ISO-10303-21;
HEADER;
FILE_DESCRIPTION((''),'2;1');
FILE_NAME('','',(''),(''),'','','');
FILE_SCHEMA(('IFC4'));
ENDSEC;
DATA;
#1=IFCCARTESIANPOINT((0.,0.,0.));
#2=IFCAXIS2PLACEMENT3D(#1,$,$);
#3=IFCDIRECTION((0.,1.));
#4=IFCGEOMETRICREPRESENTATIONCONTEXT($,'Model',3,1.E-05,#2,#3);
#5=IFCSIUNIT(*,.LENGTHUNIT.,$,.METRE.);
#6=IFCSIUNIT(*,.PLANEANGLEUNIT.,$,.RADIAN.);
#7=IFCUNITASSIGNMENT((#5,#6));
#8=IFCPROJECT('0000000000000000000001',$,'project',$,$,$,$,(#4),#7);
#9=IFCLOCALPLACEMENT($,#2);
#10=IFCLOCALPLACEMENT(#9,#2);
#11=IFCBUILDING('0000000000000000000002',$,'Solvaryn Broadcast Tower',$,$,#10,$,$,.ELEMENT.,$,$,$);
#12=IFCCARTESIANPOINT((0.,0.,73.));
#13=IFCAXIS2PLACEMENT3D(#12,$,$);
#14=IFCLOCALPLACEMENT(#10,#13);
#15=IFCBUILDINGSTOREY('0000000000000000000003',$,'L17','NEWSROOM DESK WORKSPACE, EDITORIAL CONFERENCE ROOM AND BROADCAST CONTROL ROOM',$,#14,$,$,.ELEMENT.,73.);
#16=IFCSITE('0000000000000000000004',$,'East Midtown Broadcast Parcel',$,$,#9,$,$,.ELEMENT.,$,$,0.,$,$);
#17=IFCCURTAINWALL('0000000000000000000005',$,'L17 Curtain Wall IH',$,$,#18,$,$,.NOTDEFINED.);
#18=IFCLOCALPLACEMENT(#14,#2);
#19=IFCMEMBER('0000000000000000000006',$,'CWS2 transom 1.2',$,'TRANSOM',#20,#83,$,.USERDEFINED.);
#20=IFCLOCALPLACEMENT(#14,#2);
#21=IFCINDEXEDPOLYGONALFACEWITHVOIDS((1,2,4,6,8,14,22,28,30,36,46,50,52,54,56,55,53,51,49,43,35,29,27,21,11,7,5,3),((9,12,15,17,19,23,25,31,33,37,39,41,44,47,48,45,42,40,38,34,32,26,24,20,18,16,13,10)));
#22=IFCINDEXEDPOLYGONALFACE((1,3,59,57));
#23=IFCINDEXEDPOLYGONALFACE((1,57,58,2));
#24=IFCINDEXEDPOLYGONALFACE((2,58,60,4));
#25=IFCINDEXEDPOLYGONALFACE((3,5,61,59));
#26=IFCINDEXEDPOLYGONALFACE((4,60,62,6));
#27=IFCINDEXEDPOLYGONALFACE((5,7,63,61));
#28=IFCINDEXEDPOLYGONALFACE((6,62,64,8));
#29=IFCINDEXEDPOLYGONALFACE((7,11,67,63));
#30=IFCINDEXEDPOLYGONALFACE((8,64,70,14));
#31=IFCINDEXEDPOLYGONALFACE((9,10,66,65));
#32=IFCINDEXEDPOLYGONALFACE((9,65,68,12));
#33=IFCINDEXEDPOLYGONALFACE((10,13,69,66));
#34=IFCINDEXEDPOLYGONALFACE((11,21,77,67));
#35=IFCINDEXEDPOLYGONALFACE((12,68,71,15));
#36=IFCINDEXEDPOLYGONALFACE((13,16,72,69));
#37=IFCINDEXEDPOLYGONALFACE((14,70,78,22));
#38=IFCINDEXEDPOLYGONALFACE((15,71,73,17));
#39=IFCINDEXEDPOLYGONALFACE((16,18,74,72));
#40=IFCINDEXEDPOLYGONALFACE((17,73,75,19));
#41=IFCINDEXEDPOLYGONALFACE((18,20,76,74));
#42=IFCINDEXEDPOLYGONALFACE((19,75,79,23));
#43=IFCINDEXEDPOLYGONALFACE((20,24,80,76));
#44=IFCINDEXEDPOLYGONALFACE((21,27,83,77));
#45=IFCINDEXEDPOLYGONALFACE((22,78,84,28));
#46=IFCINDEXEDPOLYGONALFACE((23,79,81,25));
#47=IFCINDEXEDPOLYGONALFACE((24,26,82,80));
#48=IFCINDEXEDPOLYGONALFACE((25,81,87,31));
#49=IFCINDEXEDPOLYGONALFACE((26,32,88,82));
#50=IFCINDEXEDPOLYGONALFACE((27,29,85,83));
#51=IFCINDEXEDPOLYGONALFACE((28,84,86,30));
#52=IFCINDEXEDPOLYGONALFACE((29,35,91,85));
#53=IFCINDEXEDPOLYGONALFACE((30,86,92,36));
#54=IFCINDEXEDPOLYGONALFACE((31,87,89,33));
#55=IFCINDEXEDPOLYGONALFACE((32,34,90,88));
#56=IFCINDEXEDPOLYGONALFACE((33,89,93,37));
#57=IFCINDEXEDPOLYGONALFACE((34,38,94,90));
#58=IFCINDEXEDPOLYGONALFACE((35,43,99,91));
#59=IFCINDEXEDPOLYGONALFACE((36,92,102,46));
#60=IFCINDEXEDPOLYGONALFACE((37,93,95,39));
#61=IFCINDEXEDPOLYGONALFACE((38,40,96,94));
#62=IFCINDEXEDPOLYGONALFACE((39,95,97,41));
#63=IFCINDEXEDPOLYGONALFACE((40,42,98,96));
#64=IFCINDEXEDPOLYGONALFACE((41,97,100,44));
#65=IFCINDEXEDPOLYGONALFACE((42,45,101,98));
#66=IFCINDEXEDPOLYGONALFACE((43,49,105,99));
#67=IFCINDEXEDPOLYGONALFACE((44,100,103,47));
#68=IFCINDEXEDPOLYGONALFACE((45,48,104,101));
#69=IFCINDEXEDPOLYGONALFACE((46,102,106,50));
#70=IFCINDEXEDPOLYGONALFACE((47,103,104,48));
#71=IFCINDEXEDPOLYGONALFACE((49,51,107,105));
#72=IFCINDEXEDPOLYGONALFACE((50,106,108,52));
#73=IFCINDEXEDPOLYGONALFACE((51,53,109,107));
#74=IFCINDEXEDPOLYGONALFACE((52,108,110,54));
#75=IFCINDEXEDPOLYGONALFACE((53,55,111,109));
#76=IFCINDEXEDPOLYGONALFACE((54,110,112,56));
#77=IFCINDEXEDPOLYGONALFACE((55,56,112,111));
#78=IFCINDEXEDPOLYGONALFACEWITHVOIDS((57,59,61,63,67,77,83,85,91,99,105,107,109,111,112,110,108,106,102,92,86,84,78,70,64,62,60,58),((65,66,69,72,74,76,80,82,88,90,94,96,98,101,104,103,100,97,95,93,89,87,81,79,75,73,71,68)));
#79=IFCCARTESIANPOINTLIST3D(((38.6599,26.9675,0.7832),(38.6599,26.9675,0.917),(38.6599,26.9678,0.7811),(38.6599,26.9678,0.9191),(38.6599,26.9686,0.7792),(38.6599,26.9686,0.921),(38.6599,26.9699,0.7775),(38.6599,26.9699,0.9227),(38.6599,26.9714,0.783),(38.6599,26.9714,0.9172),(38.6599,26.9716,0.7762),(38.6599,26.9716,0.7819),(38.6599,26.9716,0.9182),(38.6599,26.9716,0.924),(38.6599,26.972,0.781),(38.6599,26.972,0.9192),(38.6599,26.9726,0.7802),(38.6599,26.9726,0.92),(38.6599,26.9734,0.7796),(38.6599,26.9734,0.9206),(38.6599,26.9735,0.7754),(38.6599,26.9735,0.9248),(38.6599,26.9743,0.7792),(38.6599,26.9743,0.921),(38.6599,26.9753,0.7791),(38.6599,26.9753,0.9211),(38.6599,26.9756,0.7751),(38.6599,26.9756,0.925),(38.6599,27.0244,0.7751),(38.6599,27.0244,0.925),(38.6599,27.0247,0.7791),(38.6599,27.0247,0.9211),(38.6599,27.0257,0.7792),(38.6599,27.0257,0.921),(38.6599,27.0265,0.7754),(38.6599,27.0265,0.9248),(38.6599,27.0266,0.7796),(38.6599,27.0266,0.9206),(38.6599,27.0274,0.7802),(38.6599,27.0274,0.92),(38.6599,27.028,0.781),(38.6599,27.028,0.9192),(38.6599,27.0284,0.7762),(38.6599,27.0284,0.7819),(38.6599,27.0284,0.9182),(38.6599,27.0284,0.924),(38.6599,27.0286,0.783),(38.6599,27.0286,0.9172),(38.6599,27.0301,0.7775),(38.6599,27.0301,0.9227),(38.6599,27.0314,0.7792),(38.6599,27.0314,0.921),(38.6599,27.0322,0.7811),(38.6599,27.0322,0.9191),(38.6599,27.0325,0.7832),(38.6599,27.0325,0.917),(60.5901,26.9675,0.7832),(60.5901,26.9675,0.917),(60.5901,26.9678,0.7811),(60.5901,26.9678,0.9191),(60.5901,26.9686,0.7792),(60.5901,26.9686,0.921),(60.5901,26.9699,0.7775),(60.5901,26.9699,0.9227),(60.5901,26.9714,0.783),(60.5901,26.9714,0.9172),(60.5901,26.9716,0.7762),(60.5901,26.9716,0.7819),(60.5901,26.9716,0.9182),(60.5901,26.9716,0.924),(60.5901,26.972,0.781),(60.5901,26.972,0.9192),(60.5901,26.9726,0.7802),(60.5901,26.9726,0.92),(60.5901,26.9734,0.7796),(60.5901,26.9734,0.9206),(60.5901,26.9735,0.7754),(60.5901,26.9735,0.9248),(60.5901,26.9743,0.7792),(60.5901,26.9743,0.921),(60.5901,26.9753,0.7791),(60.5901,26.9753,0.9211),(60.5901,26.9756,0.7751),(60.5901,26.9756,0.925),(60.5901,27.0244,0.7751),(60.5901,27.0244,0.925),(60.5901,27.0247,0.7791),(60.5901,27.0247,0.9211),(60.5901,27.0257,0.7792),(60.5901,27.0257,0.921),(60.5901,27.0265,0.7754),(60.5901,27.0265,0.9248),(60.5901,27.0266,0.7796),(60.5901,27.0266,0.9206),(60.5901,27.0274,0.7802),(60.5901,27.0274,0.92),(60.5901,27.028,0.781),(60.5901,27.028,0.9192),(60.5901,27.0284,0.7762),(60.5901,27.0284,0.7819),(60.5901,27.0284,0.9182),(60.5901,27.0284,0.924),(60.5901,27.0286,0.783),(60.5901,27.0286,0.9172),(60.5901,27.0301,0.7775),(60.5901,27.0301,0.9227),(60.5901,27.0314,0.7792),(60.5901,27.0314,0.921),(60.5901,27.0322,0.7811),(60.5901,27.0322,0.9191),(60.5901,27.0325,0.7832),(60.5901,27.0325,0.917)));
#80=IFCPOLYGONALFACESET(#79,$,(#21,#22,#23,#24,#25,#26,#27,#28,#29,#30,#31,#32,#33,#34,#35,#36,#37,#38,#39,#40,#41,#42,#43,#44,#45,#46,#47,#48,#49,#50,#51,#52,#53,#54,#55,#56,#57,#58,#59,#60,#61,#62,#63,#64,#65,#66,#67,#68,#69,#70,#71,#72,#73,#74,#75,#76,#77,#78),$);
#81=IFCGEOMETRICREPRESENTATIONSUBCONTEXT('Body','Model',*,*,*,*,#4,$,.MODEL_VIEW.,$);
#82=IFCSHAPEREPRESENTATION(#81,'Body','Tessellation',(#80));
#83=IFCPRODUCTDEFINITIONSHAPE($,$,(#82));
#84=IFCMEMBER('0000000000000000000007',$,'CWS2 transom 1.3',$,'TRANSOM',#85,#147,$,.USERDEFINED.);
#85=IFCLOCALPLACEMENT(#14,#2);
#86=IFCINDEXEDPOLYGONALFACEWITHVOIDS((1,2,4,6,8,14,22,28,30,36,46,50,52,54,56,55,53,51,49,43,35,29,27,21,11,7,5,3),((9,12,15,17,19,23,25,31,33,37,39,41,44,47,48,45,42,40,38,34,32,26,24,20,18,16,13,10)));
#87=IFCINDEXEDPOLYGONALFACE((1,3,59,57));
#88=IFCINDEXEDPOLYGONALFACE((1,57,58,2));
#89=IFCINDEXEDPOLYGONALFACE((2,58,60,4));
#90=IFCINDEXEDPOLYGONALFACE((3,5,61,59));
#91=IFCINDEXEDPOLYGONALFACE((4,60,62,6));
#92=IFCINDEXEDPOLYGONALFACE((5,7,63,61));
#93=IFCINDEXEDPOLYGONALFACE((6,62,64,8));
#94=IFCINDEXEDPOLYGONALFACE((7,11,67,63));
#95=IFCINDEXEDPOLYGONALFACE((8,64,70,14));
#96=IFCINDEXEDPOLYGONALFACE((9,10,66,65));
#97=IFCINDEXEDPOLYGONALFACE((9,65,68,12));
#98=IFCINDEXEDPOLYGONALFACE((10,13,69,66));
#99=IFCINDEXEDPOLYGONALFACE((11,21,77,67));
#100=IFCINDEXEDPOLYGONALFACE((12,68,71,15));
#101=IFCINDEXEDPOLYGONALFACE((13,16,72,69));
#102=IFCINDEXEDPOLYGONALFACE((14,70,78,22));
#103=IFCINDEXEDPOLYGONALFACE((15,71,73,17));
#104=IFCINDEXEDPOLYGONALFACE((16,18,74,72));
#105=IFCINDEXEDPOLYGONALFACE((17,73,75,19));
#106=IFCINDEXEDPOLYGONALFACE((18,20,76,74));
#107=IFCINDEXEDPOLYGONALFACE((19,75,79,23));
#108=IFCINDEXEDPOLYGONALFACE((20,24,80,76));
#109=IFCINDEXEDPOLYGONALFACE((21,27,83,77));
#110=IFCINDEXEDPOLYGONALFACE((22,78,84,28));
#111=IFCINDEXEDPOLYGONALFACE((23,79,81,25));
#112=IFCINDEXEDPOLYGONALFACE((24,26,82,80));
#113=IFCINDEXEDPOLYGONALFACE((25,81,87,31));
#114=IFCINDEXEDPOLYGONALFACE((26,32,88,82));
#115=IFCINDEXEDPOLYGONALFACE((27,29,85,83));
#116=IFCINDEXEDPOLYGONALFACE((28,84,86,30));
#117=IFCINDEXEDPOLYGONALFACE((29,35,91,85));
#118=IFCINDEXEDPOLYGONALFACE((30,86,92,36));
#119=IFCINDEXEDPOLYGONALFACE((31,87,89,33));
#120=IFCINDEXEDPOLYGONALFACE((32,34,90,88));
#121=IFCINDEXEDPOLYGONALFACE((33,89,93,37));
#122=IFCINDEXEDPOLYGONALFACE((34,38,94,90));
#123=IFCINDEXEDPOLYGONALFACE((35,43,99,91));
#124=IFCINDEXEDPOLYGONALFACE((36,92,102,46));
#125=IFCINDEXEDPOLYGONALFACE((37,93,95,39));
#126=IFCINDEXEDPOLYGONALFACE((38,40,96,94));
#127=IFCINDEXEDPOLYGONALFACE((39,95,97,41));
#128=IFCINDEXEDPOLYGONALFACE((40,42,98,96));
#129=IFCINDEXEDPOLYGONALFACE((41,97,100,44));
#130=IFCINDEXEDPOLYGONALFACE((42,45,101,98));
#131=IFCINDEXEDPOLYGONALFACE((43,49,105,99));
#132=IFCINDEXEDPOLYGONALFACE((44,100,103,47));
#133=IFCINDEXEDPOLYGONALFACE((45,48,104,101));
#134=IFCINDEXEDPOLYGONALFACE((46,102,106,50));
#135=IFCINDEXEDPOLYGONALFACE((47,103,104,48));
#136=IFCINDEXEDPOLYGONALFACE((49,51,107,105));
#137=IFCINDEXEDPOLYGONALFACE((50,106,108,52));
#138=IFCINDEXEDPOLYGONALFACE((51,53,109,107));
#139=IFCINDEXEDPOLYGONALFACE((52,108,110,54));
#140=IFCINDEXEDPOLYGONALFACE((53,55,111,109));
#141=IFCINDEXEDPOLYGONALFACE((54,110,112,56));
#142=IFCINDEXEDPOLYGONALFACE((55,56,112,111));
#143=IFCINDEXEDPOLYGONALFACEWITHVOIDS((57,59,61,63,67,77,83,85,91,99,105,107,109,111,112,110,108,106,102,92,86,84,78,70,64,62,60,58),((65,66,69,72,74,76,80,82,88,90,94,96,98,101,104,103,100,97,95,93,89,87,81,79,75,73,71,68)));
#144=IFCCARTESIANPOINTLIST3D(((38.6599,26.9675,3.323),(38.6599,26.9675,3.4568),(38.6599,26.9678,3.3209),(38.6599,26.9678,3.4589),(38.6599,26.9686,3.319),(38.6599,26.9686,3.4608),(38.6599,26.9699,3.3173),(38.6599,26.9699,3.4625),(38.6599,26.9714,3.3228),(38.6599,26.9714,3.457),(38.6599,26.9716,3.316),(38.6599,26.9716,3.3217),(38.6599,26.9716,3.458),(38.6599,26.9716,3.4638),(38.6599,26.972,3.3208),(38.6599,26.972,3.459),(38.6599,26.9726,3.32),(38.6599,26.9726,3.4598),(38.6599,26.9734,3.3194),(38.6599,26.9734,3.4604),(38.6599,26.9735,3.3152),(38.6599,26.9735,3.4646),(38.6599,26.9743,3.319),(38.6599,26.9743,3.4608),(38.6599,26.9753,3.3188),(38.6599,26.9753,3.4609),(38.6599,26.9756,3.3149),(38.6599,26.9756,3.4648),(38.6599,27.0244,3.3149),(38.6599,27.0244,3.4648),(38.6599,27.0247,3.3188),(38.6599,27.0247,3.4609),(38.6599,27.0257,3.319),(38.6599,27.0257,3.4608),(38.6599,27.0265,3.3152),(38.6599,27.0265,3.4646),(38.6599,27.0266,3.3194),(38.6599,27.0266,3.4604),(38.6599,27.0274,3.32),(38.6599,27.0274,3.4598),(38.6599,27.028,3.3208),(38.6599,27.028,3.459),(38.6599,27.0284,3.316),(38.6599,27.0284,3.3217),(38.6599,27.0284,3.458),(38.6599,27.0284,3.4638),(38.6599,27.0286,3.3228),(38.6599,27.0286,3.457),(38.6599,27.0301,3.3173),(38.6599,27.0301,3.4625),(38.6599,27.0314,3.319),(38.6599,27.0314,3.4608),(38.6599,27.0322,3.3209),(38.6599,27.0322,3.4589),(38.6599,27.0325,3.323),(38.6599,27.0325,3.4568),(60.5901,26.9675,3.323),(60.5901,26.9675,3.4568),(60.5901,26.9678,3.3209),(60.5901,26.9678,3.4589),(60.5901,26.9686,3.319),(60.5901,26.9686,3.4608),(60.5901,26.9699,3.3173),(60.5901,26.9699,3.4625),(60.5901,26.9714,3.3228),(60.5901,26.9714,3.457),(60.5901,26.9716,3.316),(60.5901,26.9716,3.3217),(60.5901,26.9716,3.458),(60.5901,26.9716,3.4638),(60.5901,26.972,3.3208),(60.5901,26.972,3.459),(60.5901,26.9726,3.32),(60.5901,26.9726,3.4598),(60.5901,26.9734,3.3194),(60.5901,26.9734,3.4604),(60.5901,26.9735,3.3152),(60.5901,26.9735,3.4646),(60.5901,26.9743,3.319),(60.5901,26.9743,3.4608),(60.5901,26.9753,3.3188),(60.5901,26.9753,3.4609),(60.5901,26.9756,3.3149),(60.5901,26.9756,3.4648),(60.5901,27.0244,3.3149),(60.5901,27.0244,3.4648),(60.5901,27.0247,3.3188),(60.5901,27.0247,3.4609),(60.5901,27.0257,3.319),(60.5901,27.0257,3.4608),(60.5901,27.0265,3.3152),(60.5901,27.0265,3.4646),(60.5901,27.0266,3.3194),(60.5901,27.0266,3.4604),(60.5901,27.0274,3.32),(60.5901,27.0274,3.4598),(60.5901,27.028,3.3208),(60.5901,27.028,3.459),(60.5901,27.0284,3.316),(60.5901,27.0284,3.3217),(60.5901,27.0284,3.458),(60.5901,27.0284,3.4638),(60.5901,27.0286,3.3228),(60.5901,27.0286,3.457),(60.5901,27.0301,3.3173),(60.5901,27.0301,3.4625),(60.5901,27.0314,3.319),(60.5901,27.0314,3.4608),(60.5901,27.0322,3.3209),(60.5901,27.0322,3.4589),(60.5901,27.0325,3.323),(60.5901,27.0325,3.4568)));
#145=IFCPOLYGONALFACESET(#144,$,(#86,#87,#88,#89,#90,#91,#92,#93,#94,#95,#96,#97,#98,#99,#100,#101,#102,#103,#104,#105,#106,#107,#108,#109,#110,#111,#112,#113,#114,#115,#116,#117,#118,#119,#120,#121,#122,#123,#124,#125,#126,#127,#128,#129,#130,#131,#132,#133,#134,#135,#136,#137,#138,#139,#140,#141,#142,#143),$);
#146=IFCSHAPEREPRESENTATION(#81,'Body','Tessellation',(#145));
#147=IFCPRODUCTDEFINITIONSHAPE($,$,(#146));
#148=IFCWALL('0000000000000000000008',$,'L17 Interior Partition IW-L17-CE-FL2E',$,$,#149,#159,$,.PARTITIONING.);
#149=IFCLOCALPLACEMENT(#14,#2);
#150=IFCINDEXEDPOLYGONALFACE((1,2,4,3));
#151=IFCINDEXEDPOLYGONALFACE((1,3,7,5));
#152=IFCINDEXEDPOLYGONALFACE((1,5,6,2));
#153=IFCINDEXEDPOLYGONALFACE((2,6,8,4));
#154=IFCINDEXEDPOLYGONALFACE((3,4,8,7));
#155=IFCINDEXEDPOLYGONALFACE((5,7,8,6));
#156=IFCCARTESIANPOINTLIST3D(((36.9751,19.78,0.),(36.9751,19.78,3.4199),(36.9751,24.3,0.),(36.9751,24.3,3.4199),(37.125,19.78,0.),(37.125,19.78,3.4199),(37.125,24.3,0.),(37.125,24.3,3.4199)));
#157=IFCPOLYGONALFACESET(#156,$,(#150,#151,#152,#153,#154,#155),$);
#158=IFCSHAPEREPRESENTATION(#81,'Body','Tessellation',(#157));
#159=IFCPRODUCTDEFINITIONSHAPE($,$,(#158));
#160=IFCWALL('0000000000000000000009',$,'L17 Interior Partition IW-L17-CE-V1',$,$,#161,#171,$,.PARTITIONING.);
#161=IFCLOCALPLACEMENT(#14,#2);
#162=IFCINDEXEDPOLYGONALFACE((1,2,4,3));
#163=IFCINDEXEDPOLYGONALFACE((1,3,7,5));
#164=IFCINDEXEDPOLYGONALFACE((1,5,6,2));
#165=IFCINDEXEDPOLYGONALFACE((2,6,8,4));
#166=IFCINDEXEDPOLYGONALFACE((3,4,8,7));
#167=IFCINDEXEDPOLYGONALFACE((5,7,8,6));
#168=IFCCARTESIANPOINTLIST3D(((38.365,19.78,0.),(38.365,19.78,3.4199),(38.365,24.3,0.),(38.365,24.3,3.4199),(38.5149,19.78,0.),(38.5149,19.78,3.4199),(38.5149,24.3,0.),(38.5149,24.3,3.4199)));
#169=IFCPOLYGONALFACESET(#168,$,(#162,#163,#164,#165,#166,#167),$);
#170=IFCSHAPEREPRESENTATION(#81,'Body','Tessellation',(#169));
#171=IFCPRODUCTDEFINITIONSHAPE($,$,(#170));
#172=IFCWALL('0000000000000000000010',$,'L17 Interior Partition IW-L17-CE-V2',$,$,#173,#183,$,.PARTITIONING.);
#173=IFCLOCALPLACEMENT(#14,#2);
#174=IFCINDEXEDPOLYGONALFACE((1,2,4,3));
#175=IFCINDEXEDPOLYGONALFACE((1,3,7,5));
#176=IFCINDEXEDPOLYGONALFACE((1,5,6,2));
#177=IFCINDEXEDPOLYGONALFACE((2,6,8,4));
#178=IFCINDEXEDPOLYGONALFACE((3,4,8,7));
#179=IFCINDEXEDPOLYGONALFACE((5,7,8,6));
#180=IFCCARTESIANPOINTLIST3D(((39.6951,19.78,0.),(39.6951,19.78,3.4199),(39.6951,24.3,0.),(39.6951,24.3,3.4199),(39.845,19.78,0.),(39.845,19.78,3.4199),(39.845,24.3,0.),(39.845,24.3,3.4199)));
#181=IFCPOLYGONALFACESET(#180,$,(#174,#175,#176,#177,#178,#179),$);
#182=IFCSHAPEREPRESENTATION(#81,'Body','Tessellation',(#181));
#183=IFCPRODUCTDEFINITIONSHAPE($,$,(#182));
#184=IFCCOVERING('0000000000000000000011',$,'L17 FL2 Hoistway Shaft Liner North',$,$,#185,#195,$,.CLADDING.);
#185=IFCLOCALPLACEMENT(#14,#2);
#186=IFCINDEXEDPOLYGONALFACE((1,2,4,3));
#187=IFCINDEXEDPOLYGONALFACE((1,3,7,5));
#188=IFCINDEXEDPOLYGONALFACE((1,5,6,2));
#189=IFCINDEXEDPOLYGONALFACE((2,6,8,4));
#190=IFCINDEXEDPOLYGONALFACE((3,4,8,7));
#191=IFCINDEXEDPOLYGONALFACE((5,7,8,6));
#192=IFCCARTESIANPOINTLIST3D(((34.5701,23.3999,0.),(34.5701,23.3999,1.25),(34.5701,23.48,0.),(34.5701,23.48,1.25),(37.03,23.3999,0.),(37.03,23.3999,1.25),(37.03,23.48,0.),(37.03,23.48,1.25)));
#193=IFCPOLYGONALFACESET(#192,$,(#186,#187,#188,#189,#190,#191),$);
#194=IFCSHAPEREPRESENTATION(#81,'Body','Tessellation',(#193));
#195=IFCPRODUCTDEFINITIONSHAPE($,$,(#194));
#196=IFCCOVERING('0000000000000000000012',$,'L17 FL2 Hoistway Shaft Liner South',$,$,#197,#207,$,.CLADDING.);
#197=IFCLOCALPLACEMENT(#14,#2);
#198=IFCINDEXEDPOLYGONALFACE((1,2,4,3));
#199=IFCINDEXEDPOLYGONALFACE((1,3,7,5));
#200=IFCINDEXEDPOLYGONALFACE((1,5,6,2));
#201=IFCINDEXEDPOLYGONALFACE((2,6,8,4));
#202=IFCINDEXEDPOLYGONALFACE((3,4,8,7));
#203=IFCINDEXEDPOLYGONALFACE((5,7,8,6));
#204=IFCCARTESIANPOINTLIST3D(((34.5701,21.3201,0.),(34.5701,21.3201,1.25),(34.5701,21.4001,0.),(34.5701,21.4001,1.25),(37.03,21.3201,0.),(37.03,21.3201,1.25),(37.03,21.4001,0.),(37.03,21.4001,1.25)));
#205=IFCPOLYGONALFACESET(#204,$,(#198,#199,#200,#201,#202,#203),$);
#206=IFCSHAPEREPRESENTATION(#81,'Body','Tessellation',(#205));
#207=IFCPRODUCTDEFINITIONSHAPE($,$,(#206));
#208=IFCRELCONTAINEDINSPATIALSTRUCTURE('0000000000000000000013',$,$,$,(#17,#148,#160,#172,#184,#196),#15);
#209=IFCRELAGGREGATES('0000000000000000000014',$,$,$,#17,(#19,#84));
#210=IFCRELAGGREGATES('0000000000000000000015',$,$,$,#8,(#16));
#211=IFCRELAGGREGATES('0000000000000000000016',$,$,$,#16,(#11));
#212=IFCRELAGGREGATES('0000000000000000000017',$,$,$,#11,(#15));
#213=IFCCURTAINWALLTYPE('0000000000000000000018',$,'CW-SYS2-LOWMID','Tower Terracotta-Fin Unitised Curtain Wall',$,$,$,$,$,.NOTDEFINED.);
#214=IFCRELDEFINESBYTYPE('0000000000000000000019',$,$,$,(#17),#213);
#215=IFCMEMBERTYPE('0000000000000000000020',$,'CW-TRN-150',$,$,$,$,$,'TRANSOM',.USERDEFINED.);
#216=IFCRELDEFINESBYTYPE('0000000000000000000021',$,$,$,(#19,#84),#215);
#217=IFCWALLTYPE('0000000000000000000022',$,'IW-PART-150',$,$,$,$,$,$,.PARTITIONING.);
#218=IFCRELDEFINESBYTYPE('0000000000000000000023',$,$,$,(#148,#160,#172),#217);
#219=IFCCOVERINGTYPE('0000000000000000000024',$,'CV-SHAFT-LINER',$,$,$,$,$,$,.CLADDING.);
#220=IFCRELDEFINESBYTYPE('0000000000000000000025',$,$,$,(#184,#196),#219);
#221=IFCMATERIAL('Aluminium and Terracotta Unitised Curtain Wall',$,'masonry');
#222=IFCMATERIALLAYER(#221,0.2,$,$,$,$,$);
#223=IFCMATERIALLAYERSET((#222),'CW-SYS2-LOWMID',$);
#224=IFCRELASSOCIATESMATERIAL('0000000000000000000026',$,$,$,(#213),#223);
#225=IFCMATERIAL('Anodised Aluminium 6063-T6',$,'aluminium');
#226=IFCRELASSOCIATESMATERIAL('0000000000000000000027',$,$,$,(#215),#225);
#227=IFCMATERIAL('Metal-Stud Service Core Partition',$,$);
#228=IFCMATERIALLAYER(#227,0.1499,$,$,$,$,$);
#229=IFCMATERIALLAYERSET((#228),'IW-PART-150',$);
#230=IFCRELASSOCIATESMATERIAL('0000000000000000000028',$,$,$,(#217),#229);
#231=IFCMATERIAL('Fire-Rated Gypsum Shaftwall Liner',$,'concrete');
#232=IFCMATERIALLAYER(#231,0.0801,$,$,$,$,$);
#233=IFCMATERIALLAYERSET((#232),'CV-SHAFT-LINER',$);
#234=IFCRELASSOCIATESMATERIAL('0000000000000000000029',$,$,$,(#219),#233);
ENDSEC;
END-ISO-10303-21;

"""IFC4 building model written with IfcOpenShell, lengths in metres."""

from ifc_helpers import new_model, si_unit, direction, frame, frame_2d, origin, origin_2d, place, context, subcontext, project, spatial, rectangle, hollow_rectangle, extrude, material, layer, layer_set, material_profile, profile_set, type_object, element, aggregate, save


model = new_model("IFC4")

# Units and contexts
model_context = context("Model", 3, precision=1e-05, world=origin(), true_north=direction((0.0, 1.0)))
body_context = subcontext(model_context, "Body", "Model", "MODEL_VIEW")
ifc_project = project(units=[si_unit("LENGTHUNIT", "METRE"), si_unit("PLANEANGLEUNIT", "RADIAN")], contexts=[model_context])

# Site, building, storey
site_placement = place(None, origin())
site = spatial("IfcSite", under=ifc_project, at=site_placement, Name="East Midtown Broadcast Parcel", CompositionType="ELEMENT", RefElevation=0.0)
building_placement = place(site_placement, origin())
building = spatial("IfcBuilding", under=site, at=building_placement, Name="Solvaryn Broadcast Tower", CompositionType="ELEMENT")
storey_placement = place(building_placement, frame((0.0, 0.0, 73.0)))
storey = spatial("IfcBuildingStorey", under=building, at=storey_placement, Name="L17", Description="NEWSROOM DESK WORKSPACE, EDITORIAL CONFERENCE ROOM AND BROADCAST CONTROL ROOM", CompositionType="ELEMENT", Elevation=73.0)

# Curtain wall
ifc_material_1 = material(Name="Aluminium and Terracotta Unitised Curtain Wall", Category="masonry")
ifc_layer_1 = layer(ifc_material_1, 0.2)
ifc_layer_set_1 = layer_set([ifc_layer_1], Name="CW-SYS2-LOWMID")
curtain_wall_type = type_object("IfcCurtainWallType", Name="CW-SYS2-LOWMID", Description="Tower Terracotta-Fin Unitised Curtain Wall", PredefinedType="NOTDEFINED", material=ifc_layer_set_1)
curtain_wall_1_placement = place(storey_placement, origin())
curtain_wall_1 = element("IfcCurtainWall", 1, at=curtain_wall_1_placement, inside=storey, type_object=curtain_wall_type, Name="L17 Curtain Wall IH", PredefinedType="NOTDEFINED")

# Members
ifc_material_2 = material(Name="Anodised Aluminium 6063-T6", Category="aluminium")
ifc_material_profile_1 = material_profile(ifc_material_2, hollow_rectangle(XDim=0.0649, YDim=0.1499, WallThickness=0.0039, InnerFilletRadius=0.0039, OuterFilletRadius=0.0081, at=origin_2d()))
ifc_profile_set_1 = profile_set([ifc_material_profile_1], Name="Anodised Aluminium 6063-T6")
member_type_1 = type_object("IfcMemberType", Name="CW-TRN-150", ElementType="TRANSOM", PredefinedType="USERDEFINED", material=ifc_profile_set_1)
member_1_placement = place(storey_placement, frame((38.6599, 27.0, 0.8501), z_axis=(1.0, 0.0, 0.0), x_axis=(0.0, 1.0, 0.0)))
member_1 = element("IfcMember", 2, at=member_1_placement, type_object=member_type_1, Name="CWS2 transom 1.2", ObjectType="TRANSOM", PredefinedType="USERDEFINED", context=body_context, shape_type="SweptSolid", body=[
    extrude(hollow_rectangle(XDim=0.0649, YDim=0.1499, WallThickness=0.0039, InnerFilletRadius=0.0039, OuterFilletRadius=0.0081, at=origin_2d()), origin(), (0.0, 0.0, 1.0), 21.9302),
])
member_2_placement = place(storey_placement, frame((38.6599, 27.0, 3.3899), z_axis=(1.0, 0.0, 0.0), x_axis=(0.0, 1.0, 0.0)))
member_2 = element("IfcMember", 3, at=member_2_placement, type_object=member_type_1, Name="CWS2 transom 1.3", ObjectType="TRANSOM", PredefinedType="USERDEFINED", context=body_context, shape_type="SweptSolid", body=[
    extrude(hollow_rectangle(XDim=0.0649, YDim=0.1499, WallThickness=0.0039, InnerFilletRadius=0.0039, OuterFilletRadius=0.0081, at=origin_2d()), origin(), (0.0, 0.0, 1.0), 21.9302),
])
aggregate(curtain_wall_1, [member_1, member_2])

# Walls
ifc_material_3 = material(Name="Metal-Stud Service Core Partition")
ifc_layer_2 = layer(ifc_material_3, 0.1499)
ifc_layer_set_2 = layer_set([ifc_layer_2], Name="IW-PART-150")
wall_type_1 = type_object("IfcWallType", Name="IW-PART-150", PredefinedType="PARTITIONING", material=ifc_layer_set_2)
for number, where, z_axis, x_axis, name in (
    (4, (37.05, 19.78, 0.0), (0.0, 0.0, 1.0), (0.0, 1.0, 0.0), "L17 Interior Partition IW-L17-CE-FL2E"),
    (5, (38.4399, 19.78, 0.0), (0.0, 0.0, 1.0), (0.0, 1.0, 0.0), "L17 Interior Partition IW-L17-CE-V1"),
    (6, (39.77, 19.78, 0.0), (0.0, 0.0, 1.0), (0.0, 1.0, 0.0), "L17 Interior Partition IW-L17-CE-V2"),
):
    element("IfcWall", number, at=place(storey_placement, frame(where, z_axis=z_axis, x_axis=x_axis)), inside=storey, type_object=wall_type_1, Name=name, PredefinedType="PARTITIONING", context=body_context, shape_type="SweptSolid", body=[
        extrude(rectangle(XDim=4.52, YDim=0.1499, at=frame_2d((2.26, 0.0))), origin(), (0.0, 0.0, 1.0), 3.4199),
    ])

# Coverings
ifc_material_4 = material(Name="Fire-Rated Gypsum Shaftwall Liner", Category="concrete")
ifc_layer_3 = layer(ifc_material_4, 0.0801)
ifc_layer_set_3 = layer_set([ifc_layer_3], Name="CV-SHAFT-LINER")
covering_type_1 = type_object("IfcCoveringType", Name="CV-SHAFT-LINER", PredefinedType="CLADDING", material=ifc_layer_set_3)
for number, where, z_axis, x_axis, name in (
    (7, (35.8, 23.4399, 0.0), (0.0, 0.0, 1.0), (1.0, 0.0, 0.0), "L17 FL2 Hoistway Shaft Liner North"),
    (8, (35.8, 21.3601, 0.0), (0.0, 0.0, 1.0), (1.0, 0.0, 0.0), "L17 FL2 Hoistway Shaft Liner South"),
):
    element("IfcCovering", number, at=place(storey_placement, frame(where, z_axis=z_axis, x_axis=x_axis)), inside=storey, type_object=covering_type_1, Name=name, PredefinedType="CLADDING", context=body_context, shape_type="SweptSolid", body=[
        extrude(rectangle(XDim=2.46, YDim=0.0801, at=origin_2d()), origin(), (0.0, 0.0, 1.0), 1.25),
    ])

save(model, "model.ifc")
